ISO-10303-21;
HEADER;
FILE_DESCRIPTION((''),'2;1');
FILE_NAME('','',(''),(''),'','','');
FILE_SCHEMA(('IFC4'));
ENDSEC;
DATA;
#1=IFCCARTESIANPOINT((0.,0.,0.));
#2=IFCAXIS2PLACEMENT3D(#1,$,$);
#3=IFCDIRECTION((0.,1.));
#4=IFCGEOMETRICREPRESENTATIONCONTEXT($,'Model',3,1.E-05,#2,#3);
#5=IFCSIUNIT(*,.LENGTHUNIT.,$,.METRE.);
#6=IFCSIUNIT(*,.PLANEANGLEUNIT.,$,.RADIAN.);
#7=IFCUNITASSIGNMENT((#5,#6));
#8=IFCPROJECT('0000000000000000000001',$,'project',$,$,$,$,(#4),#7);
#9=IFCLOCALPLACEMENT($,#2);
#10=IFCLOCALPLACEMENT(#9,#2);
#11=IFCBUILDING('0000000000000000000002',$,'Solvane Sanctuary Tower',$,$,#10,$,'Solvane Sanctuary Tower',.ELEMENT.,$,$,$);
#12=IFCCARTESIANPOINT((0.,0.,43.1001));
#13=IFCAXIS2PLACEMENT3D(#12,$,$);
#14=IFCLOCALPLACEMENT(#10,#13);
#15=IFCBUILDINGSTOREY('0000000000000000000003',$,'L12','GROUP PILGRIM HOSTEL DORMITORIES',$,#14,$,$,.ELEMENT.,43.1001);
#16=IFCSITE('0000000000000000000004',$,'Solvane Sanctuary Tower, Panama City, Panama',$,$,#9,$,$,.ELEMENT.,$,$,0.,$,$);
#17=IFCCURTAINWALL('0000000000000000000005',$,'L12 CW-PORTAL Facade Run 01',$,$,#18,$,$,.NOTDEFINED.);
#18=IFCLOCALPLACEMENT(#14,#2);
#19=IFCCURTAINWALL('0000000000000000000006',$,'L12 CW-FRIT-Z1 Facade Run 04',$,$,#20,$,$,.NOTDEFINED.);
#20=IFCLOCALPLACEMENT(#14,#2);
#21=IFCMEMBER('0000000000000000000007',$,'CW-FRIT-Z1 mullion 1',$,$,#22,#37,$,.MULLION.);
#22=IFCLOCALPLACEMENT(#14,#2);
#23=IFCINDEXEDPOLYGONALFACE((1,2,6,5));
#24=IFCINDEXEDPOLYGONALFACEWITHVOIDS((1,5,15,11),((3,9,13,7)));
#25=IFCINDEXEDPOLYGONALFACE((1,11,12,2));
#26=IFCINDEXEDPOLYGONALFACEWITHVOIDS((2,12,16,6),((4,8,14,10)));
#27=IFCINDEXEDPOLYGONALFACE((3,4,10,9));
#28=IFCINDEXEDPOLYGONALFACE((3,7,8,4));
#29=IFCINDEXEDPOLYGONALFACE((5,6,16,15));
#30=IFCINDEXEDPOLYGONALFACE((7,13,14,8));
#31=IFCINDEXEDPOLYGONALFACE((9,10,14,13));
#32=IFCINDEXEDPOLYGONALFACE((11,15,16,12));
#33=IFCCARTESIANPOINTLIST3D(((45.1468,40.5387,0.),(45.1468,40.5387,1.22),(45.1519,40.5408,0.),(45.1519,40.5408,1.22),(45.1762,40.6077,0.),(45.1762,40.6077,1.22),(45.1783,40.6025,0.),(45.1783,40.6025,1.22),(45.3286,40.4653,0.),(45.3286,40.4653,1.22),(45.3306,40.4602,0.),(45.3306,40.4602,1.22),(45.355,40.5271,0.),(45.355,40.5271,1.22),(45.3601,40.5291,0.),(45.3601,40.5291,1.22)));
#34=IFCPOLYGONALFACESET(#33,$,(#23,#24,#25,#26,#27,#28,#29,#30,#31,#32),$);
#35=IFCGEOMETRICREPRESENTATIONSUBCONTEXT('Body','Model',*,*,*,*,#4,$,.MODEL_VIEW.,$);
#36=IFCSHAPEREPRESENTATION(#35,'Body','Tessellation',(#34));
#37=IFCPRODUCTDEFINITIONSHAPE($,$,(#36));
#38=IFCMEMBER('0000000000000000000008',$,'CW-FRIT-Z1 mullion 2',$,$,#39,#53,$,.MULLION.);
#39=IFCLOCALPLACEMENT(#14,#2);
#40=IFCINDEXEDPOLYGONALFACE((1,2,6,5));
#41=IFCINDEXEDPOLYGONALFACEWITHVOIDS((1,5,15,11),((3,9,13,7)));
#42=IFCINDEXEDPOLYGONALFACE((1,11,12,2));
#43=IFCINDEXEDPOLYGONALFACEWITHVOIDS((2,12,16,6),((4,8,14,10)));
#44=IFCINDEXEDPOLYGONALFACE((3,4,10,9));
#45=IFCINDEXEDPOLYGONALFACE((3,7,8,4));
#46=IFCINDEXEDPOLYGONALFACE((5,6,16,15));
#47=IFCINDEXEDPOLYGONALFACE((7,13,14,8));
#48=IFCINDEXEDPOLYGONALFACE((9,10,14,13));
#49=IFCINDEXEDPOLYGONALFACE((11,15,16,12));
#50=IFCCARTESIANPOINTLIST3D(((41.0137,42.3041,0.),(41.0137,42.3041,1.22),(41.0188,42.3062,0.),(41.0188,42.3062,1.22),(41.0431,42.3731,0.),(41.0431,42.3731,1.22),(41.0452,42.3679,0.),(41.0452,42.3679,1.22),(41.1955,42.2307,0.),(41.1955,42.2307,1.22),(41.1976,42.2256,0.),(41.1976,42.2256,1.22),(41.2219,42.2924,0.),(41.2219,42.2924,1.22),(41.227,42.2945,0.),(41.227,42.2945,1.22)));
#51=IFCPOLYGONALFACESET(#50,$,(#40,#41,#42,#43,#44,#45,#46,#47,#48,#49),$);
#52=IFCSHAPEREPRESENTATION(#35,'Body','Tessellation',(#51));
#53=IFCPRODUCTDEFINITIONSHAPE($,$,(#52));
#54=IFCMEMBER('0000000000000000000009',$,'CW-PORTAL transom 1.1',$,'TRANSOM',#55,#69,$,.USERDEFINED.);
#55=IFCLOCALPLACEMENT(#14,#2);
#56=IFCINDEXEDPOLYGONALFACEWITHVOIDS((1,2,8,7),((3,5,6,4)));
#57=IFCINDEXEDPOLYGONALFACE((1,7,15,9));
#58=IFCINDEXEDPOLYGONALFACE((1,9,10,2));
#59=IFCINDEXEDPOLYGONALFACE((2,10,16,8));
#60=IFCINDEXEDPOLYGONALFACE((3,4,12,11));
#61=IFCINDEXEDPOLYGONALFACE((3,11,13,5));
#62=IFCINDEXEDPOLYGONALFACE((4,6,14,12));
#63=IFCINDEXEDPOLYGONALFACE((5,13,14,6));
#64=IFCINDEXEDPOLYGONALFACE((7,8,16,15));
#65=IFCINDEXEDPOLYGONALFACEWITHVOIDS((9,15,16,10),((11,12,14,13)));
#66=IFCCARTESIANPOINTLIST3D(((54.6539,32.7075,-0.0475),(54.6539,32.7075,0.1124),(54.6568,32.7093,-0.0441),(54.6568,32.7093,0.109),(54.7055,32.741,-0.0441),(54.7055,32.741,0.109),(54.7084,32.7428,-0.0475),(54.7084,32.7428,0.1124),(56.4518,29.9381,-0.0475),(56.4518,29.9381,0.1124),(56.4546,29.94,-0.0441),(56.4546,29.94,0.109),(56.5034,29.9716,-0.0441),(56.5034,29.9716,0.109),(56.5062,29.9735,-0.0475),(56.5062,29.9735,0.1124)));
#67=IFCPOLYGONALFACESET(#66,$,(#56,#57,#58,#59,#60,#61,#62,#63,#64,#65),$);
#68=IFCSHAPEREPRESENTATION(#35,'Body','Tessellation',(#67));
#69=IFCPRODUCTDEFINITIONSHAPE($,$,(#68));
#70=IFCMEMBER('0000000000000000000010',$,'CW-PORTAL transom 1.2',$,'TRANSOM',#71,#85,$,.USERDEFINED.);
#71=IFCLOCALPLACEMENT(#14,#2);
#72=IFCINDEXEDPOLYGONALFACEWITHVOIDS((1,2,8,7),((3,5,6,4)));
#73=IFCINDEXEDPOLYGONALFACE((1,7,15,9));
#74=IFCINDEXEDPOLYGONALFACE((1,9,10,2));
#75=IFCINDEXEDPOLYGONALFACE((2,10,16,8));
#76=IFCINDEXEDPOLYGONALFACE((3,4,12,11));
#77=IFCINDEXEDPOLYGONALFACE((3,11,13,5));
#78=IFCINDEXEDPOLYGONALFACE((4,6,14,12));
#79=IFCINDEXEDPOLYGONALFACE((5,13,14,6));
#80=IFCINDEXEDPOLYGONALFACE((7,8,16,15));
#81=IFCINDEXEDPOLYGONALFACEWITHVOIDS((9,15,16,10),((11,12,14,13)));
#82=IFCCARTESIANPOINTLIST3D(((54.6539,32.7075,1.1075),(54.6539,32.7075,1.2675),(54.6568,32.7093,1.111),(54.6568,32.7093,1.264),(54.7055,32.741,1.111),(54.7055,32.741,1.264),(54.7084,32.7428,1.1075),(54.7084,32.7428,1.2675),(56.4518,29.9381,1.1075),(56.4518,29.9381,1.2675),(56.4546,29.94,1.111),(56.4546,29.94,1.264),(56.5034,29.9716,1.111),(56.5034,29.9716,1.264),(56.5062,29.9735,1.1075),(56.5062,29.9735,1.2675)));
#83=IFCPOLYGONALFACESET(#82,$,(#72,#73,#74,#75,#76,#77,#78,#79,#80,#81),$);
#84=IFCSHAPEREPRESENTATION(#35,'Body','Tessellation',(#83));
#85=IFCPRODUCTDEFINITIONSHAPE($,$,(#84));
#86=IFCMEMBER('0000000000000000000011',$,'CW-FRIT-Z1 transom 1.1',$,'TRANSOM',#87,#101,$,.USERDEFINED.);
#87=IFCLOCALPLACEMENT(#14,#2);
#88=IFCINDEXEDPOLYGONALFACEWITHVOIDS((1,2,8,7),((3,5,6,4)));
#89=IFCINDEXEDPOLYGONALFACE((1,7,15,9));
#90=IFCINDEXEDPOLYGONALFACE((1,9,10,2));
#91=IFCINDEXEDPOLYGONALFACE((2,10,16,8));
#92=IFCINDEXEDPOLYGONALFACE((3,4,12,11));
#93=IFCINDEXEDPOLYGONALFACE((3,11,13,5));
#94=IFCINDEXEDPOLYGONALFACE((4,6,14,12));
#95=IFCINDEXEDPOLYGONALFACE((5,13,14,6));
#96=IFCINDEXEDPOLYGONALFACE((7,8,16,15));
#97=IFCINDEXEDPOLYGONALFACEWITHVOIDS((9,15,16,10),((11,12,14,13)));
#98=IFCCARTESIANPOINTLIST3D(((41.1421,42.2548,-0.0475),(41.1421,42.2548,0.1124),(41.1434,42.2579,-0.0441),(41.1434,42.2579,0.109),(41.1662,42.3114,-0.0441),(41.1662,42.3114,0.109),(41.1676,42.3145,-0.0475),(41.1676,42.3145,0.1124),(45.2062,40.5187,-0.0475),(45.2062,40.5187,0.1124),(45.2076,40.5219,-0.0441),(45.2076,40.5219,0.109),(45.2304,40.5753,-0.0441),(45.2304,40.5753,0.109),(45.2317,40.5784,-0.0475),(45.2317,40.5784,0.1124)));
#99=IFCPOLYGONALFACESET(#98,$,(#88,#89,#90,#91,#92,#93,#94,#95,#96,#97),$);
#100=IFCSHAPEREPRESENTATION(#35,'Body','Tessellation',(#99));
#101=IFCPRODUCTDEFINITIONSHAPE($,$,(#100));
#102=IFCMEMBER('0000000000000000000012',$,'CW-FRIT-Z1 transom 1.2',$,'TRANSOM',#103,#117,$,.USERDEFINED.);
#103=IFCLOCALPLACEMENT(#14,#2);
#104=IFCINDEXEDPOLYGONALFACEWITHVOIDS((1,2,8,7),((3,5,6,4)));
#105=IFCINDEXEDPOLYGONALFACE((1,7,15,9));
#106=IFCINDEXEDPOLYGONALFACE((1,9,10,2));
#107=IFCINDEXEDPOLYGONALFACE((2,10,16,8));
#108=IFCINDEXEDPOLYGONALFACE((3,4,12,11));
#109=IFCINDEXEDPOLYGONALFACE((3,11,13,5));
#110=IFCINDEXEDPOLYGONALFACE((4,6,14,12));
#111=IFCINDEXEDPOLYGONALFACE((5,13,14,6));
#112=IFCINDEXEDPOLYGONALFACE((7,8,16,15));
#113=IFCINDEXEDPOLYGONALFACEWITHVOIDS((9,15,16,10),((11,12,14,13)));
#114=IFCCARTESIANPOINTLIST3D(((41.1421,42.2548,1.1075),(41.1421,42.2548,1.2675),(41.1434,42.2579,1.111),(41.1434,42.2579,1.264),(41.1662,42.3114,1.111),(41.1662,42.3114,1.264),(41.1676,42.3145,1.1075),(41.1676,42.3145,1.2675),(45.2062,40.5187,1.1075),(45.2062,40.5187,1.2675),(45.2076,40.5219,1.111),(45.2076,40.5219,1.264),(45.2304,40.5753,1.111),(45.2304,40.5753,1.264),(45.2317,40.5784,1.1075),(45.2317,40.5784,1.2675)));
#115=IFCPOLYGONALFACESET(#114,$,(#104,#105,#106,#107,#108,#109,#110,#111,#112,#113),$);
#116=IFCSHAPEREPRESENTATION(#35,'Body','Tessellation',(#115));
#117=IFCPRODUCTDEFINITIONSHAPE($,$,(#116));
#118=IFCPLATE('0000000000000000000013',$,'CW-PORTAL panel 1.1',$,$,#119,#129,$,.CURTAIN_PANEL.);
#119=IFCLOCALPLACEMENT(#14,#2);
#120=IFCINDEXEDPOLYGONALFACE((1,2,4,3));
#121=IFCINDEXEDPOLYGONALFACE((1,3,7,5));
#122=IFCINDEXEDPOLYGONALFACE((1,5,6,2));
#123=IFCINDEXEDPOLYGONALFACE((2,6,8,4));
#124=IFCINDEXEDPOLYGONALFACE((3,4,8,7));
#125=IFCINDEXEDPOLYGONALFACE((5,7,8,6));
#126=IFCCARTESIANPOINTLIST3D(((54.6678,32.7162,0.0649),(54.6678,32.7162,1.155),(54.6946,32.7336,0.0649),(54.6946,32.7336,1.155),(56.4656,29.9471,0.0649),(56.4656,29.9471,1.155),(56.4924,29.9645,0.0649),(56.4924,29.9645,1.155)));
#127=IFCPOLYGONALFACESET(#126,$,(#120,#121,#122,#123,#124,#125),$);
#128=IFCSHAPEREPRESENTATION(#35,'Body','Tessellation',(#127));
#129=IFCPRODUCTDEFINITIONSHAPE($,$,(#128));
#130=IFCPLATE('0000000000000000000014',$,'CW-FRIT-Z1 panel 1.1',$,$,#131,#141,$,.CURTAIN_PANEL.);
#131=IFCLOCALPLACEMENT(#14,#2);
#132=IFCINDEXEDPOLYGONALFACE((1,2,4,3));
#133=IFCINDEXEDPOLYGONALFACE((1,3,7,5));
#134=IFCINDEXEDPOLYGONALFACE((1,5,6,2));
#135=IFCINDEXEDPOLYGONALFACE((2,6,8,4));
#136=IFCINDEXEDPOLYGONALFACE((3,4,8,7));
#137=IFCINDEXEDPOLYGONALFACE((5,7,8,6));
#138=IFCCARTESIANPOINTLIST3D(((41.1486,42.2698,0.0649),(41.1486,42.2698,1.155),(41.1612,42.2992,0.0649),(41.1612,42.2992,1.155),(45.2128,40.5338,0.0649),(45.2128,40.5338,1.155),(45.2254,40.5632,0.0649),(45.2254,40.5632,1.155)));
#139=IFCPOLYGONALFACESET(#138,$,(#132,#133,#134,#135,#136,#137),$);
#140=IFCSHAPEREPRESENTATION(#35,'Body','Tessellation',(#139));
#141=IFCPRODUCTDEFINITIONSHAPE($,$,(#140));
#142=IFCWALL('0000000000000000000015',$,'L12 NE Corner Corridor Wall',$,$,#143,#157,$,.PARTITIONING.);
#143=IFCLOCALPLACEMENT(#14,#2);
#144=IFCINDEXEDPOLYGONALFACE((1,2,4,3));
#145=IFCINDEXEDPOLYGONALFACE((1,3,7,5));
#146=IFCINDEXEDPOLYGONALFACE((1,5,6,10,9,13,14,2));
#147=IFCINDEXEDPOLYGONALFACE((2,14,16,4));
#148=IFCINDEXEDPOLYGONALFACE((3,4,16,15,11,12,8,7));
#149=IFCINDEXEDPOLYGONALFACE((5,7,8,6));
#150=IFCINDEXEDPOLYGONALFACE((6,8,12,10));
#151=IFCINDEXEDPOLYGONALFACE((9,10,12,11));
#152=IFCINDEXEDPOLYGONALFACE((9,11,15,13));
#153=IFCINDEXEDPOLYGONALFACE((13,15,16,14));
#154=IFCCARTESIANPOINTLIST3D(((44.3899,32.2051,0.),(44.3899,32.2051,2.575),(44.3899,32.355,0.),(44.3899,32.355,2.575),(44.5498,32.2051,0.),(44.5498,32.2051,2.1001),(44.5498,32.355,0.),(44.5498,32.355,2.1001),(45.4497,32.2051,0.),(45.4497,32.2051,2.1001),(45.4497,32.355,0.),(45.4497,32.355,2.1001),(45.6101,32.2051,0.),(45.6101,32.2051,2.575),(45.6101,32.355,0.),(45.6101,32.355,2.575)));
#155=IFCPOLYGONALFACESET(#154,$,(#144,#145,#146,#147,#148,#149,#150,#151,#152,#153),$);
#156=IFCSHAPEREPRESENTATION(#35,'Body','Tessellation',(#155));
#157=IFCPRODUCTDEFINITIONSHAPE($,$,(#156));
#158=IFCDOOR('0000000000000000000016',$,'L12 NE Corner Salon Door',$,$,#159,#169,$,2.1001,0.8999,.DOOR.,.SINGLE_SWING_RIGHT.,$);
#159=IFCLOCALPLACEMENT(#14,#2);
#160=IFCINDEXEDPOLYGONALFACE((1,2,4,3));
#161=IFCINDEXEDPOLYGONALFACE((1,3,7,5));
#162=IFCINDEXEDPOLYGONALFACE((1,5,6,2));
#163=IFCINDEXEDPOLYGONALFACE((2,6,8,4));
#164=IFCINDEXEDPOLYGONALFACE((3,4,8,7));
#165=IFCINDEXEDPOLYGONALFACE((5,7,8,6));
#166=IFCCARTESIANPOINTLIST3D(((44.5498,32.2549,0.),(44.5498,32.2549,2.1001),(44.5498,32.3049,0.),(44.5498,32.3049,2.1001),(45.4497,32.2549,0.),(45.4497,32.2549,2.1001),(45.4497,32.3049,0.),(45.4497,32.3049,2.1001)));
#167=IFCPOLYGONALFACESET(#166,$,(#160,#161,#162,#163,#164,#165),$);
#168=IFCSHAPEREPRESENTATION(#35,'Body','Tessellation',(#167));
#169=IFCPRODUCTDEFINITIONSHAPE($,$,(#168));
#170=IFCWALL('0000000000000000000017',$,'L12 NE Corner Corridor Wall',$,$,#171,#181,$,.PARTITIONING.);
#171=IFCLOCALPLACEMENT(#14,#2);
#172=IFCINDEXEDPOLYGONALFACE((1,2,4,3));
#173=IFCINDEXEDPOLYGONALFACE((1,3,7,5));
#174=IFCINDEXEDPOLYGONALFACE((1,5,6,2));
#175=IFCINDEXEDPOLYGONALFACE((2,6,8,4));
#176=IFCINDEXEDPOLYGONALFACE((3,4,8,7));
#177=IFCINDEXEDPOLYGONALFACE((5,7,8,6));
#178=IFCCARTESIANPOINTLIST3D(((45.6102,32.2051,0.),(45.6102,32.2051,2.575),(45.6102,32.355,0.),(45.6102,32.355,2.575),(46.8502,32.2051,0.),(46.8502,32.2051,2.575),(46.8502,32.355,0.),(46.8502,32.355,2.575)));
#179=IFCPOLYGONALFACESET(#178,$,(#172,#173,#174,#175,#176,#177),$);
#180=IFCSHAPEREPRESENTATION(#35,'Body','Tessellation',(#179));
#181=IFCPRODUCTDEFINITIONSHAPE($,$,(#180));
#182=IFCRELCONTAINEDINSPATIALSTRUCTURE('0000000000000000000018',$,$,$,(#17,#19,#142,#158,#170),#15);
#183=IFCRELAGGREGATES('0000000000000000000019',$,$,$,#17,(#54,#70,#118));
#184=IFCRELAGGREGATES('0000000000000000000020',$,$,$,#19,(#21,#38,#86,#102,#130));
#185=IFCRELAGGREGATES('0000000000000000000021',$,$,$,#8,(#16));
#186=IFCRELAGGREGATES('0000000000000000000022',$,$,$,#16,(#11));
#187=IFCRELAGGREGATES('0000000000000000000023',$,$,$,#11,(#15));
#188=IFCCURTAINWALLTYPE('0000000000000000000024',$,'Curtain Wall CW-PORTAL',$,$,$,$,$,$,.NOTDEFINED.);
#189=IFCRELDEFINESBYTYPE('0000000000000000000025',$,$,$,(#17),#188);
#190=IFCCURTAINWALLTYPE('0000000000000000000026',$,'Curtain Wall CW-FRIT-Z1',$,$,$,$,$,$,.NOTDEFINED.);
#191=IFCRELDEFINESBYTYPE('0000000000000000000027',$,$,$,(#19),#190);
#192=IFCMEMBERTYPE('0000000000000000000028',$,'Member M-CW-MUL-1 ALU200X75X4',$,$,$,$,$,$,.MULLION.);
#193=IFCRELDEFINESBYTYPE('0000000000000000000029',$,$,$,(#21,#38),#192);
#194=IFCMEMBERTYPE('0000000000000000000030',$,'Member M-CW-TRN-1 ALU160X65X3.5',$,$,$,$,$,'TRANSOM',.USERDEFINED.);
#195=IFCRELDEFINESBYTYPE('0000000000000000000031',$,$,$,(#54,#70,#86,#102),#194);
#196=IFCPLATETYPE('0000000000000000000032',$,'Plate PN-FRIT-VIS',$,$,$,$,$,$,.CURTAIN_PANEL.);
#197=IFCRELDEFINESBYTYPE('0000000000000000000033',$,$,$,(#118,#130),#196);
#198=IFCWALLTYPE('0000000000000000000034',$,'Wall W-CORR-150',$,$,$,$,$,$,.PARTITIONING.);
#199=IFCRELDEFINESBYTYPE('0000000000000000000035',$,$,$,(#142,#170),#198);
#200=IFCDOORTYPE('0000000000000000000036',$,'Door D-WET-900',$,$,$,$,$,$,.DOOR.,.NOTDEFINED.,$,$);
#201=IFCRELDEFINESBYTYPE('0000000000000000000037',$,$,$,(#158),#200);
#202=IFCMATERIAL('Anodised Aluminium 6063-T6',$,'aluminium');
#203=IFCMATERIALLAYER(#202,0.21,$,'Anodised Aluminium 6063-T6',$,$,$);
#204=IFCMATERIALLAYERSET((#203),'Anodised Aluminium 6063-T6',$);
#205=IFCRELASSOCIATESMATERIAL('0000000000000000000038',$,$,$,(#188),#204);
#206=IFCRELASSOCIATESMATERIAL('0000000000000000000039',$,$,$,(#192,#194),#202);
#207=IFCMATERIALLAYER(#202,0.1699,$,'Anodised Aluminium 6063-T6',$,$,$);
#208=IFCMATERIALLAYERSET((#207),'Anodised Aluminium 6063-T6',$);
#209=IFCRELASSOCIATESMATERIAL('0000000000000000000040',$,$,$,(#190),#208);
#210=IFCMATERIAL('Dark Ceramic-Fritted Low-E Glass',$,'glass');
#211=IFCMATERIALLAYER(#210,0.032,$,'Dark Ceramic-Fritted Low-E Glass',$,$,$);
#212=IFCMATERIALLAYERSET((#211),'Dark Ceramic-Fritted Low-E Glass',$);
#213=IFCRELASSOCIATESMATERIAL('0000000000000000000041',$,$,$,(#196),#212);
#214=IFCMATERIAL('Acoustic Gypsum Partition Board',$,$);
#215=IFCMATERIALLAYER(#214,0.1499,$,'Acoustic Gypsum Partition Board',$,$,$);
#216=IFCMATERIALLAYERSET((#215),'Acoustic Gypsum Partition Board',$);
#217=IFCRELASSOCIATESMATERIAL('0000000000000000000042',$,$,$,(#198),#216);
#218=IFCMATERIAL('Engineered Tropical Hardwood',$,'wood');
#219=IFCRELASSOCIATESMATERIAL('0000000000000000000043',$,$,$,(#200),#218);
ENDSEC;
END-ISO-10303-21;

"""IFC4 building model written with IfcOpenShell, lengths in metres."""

from ifc_helpers import new_model, si_unit, direction, frame, frame_2d, origin, origin_2d, place, context, subcontext, project, spatial, rectangle, hollow_rectangle, extrude, material, layer, layer_set, material_profile, profile_set, type_object, element, fill, aggregate, save


model = new_model("IFC4")

# Units and contexts
model_context = context("Model", 3, precision=1e-05, world=origin(), true_north=direction((0.0, 1.0)))
body_context = subcontext(model_context, "Body", "Model", "MODEL_VIEW")
ifc_project = project(units=[si_unit("LENGTHUNIT", "METRE"), si_unit("PLANEANGLEUNIT", "RADIAN")], contexts=[model_context])

# Site, building, storey
site_placement = place(None, origin())
site = spatial("IfcSite", under=ifc_project, at=site_placement, Name="Solvane Sanctuary Tower, Panama City, Panama", CompositionType="ELEMENT", RefElevation=0.0)
building_placement = place(site_placement, origin())
building = spatial("IfcBuilding", under=site, at=building_placement, Name="Solvane Sanctuary Tower", LongName="Solvane Sanctuary Tower", CompositionType="ELEMENT")
storey_placement = place(building_placement, frame((0.0, 0.0, 43.1001)))
storey = spatial("IfcBuildingStorey", under=building, at=storey_placement, Name="L12", Description="GROUP PILGRIM HOSTEL DORMITORIES", CompositionType="ELEMENT", Elevation=43.1001)

# Curtain walls, members
ifc_material_1 = material(Name="Anodised Aluminium 6063-T6", Category="aluminium")
ifc_layer_1 = layer(ifc_material_1, 0.21, Name="Anodised Aluminium 6063-T6")
ifc_layer_set_1 = layer_set([ifc_layer_1], Name="Anodised Aluminium 6063-T6")
curtain_wall_type_1 = type_object("IfcCurtainWallType", Name="Curtain Wall CW-PORTAL", PredefinedType="NOTDEFINED", material=ifc_layer_set_1)
curtain_wall_1_placement = place(storey_placement, origin())
curtain_wall_1 = element("IfcCurtainWall", 1, at=curtain_wall_1_placement, inside=storey, type_object=curtain_wall_type_1, Name="L12 CW-PORTAL Facade Run 01", PredefinedType="NOTDEFINED")
ifc_material_profile_1 = material_profile(ifc_material_1, hollow_rectangle(XDim=0.075, YDim=0.2, WallThickness=0.0039, at=origin_2d()), Name="ALU200X75X4")
ifc_profile_set_1 = profile_set([ifc_material_profile_1], Name="Anodised Aluminium 6063-T6")
member_type_1 = type_object("IfcMemberType", Name="Member M-CW-MUL-1 ALU200X75X4", PredefinedType="MULLION", material=ifc_profile_set_1)
ifc_layer_2 = layer(ifc_material_1, 0.1699, Name="Anodised Aluminium 6063-T6")
ifc_layer_set_2 = layer_set([ifc_layer_2], Name="Anodised Aluminium 6063-T6")
curtain_wall_type_2 = type_object("IfcCurtainWallType", Name="Curtain Wall CW-FRIT-Z1", PredefinedType="NOTDEFINED", material=ifc_layer_set_2)
curtain_wall_2_placement = place(storey_placement, origin())
curtain_wall_2 = element("IfcCurtainWall", 2, at=curtain_wall_2_placement, inside=storey, type_object=curtain_wall_type_2, Name="L12 CW-FRIT-Z1 Facade Run 04", PredefinedType="NOTDEFINED")
member_1_placement = place(storey_placement, frame((45.2534, 40.5339, 0.0), z_axis=(0.0, 0.0, 1.0), x_axis=(-0.39282, -0.919615, 0.0)))
member_1 = element("IfcMember", 3, at=member_1_placement, type_object=member_type_1, Name="CW-FRIT-Z1 mullion 1", PredefinedType="MULLION", context=body_context, shape_type="SweptSolid", body=[
    extrude(hollow_rectangle(XDim=0.075, YDim=0.2, WallThickness=0.0039, at=origin_2d()), origin(), (0.0, 0.0, 1.0), 1.22),
])
member_2_placement = place(storey_placement, frame((41.1204, 42.2993, 0.0), z_axis=(0.0, 0.0, 1.0), x_axis=(-0.39282, -0.919615, 0.0)))
member_2 = element("IfcMember", 4, at=member_2_placement, type_object=member_type_1, Name="CW-FRIT-Z1 mullion 2", PredefinedType="MULLION", context=body_context, shape_type="SweptSolid", body=[
    extrude(hollow_rectangle(XDim=0.075, YDim=0.2, WallThickness=0.0039, at=origin_2d()), origin(), (0.0, 0.0, 1.0), 1.22),
])

# Members
ifc_material_profile_2 = material_profile(ifc_material_1, hollow_rectangle(XDim=0.0649, YDim=0.1599, WallThickness=0.0034, at=origin_2d()), Name="ALU160X65X3.5")
ifc_profile_set_2 = profile_set([ifc_material_profile_2], Name="Anodised Aluminium 6063-T6")
member_type_2 = type_object("IfcMemberType", Name="Member M-CW-TRN-1 ALU160X65X3.5", ElementType="TRANSOM", PredefinedType="USERDEFINED", material=ifc_profile_set_2)
member_3_placement = place(storey_placement, frame((56.479, 29.9558, 0.0325), z_axis=(-0.544523, 0.838746, 0.0), x_axis=(-0.838746, -0.544523, 0.0)))
member_3 = element("IfcMember", 5, at=member_3_placement, type_object=member_type_2, Name="CW-PORTAL transom 1.1", ObjectType="TRANSOM", PredefinedType="USERDEFINED", context=body_context, shape_type="SweptSolid", body=[
    extrude(hollow_rectangle(XDim=0.0649, YDim=0.1599, WallThickness=0.0034, at=origin_2d()), origin(), (0.0, 0.0, 1.0), 3.3018),
])
member_4_placement = place(storey_placement, frame((56.479, 29.9558, 1.1875), z_axis=(-0.544523, 0.838746, 0.0), x_axis=(-0.838746, -0.544523, 0.0)))
member_4 = element("IfcMember", 6, at=member_4_placement, type_object=member_type_2, Name="CW-PORTAL transom 1.2", ObjectType="TRANSOM", PredefinedType="USERDEFINED", context=body_context, shape_type="SweptSolid", body=[
    extrude(hollow_rectangle(XDim=0.0649, YDim=0.1599, WallThickness=0.0034, at=origin_2d()), origin(), (0.0, 0.0, 1.0), 3.3018),
])
member_5_placement = place(storey_placement, frame((45.219, 40.5486, 0.0325), z_axis=(-0.919613, 0.392826, 0.0), x_axis=(-0.392826, -0.919613, 0.0)))
member_5 = element("IfcMember", 7, at=member_5_placement, type_object=member_type_2, Name="CW-FRIT-Z1 transom 1.1", ObjectType="TRANSOM", PredefinedType="USERDEFINED", context=body_context, shape_type="SweptSolid", body=[
    extrude(hollow_rectangle(XDim=0.0649, YDim=0.1599, WallThickness=0.0034, at=origin_2d()), origin(), (0.0, 0.0, 1.0), 4.4194),
])
member_6_placement = place(storey_placement, frame((45.219, 40.5486, 1.1875), z_axis=(-0.919613, 0.392826, 0.0), x_axis=(-0.392826, -0.919613, 0.0)))
member_6 = element("IfcMember", 8, at=member_6_placement, type_object=member_type_2, Name="CW-FRIT-Z1 transom 1.2", ObjectType="TRANSOM", PredefinedType="USERDEFINED", context=body_context, shape_type="SweptSolid", body=[
    extrude(hollow_rectangle(XDim=0.0649, YDim=0.1599, WallThickness=0.0034, at=origin_2d()), origin(), (0.0, 0.0, 1.0), 4.4194),
])

# Plates
ifc_material_2 = material(Name="Dark Ceramic-Fritted Low-E Glass", Category="glass")
ifc_layer_3 = layer(ifc_material_2, 0.032, Name="Dark Ceramic-Fritted Low-E Glass")
ifc_layer_set_3 = layer_set([ifc_layer_3], Name="Dark Ceramic-Fritted Low-E Glass")
plate_type = type_object("IfcPlateType", Name="Plate PN-FRIT-VIS", PredefinedType="CURTAIN_PANEL", material=ifc_layer_set_3)
plate_1_placement = place(storey_placement, frame((55.5801, 31.3403, 0.0649), z_axis=(0.0, 0.0, 1.0), x_axis=(-0.544543, 0.838733, 0.0)))
plate_1 = element("IfcPlate", 9, at=plate_1_placement, type_object=plate_type, Name="CW-PORTAL panel 1.1", PredefinedType="CURTAIN_PANEL", context=body_context, shape_type="SweptSolid", body=[
    extrude(rectangle(XDim=3.3015, YDim=0.032, at=origin_2d()), origin(), (0.0, 0.0, 1.0), 1.0901),
])
aggregate(curtain_wall_1, [member_3, member_4, plate_1])
plate_2_placement = place(storey_placement, frame((43.187, 41.4165, 0.0649), z_axis=(0.0, 0.0, 1.0), x_axis=(-0.919615, 0.39282, 0.0)))
plate_2 = element("IfcPlate", 10, at=plate_2_placement, type_object=plate_type, Name="CW-FRIT-Z1 panel 1.1", PredefinedType="CURTAIN_PANEL", context=body_context, shape_type="SweptSolid", body=[
    extrude(rectangle(XDim=4.4194, YDim=0.032, at=origin_2d()), origin(), (0.0, 0.0, 1.0), 1.0901),
])
aggregate(curtain_wall_2, [member_1, member_2, member_5, member_6, plate_2])

# Wall, opening, door
ifc_material_3 = material(Name="Acoustic Gypsum Partition Board")
ifc_layer_4 = layer(ifc_material_3, 0.1499, Name="Acoustic Gypsum Partition Board")
ifc_layer_set_4 = layer_set([ifc_layer_4], Name="Acoustic Gypsum Partition Board")
wall_type_1 = type_object("IfcWallType", Name="Wall W-CORR-150", PredefinedType="PARTITIONING", material=ifc_layer_set_4)
wall_1_placement = place(storey_placement, frame((44.3899, 32.28, 0.0), z_axis=(0.0, 0.0, 1.0), x_axis=(1.0, 0.0, 0.0)))
wall_1 = element("IfcWall", 11, at=wall_1_placement, inside=storey, type_object=wall_type_1, Name="L12 NE Corner Corridor Wall", PredefinedType="PARTITIONING", context=body_context, shape_type="SweptSolid", body=[
    extrude(rectangle(XDim=1.2202, YDim=0.1499, at=frame_2d((0.6101, 0.0))), origin(), (0.0, 0.0, 1.0), 2.575),
])
opening_1_placement = place(wall_1_placement, frame((0.1599, 0.0, 0.0)))
opening_1 = element("IfcOpeningElement", 12, at=opening_1_placement, cuts=wall_1, PredefinedType="OPENING", context=body_context, shape_type="SweptSolid", body=[
    extrude(rectangle(XDim=0.8999, YDim=2.1001, at=frame_2d((0.45, 1.05))), frame((0.0, 0.085, 0.0), z_axis=(0.0, -1.0, 0.0), x_axis=(1.0, 0.0, 0.0)), (0.0, 0.0, 1.0), 0.1699),
])
ifc_material_4 = material(Name="Engineered Tropical Hardwood", Category="wood")
door_type = type_object("IfcDoorType", Name="Door D-WET-900", OperationType="NOTDEFINED", PredefinedType="DOOR", material=ifc_material_4)
door_placement = place(opening_1_placement, origin())
door = element("IfcDoor", 13, at=door_placement, inside=storey, type_object=door_type, Name="L12 NE Corner Salon Door", OperationType="SINGLE_SWING_RIGHT", OverallHeight=2.1001, OverallWidth=0.8999, PredefinedType="DOOR", context=body_context, shape_type="SweptSolid", body=[
    extrude(rectangle(XDim=0.8999, YDim=2.1001, at=frame_2d((0.45, 1.05))), frame((0.0, 0.0249, 0.0), z_axis=(0.0, -1.0, 0.0), x_axis=(1.0, 0.0, 0.0)), (0.0, 0.0, 1.0), 0.05),
])
fill(opening_1, door)

# Wall
wall_2_placement = place(storey_placement, frame((45.6101, 32.28, 0.0), z_axis=(0.0, 0.0, 1.0), x_axis=(1.0, 0.0, 0.0)))
element("IfcWall", 14, at=wall_2_placement, inside=storey, type_object=wall_type_1, Name="L12 NE Corner Corridor Wall", PredefinedType="PARTITIONING", context=body_context, shape_type="SweptSolid", body=[
    extrude(rectangle(XDim=1.24, YDim=0.1499, at=frame_2d((0.6201, 0.0))), origin(), (0.0, 0.0, 1.0), 2.575),
])

save(model, "model.ifc")
